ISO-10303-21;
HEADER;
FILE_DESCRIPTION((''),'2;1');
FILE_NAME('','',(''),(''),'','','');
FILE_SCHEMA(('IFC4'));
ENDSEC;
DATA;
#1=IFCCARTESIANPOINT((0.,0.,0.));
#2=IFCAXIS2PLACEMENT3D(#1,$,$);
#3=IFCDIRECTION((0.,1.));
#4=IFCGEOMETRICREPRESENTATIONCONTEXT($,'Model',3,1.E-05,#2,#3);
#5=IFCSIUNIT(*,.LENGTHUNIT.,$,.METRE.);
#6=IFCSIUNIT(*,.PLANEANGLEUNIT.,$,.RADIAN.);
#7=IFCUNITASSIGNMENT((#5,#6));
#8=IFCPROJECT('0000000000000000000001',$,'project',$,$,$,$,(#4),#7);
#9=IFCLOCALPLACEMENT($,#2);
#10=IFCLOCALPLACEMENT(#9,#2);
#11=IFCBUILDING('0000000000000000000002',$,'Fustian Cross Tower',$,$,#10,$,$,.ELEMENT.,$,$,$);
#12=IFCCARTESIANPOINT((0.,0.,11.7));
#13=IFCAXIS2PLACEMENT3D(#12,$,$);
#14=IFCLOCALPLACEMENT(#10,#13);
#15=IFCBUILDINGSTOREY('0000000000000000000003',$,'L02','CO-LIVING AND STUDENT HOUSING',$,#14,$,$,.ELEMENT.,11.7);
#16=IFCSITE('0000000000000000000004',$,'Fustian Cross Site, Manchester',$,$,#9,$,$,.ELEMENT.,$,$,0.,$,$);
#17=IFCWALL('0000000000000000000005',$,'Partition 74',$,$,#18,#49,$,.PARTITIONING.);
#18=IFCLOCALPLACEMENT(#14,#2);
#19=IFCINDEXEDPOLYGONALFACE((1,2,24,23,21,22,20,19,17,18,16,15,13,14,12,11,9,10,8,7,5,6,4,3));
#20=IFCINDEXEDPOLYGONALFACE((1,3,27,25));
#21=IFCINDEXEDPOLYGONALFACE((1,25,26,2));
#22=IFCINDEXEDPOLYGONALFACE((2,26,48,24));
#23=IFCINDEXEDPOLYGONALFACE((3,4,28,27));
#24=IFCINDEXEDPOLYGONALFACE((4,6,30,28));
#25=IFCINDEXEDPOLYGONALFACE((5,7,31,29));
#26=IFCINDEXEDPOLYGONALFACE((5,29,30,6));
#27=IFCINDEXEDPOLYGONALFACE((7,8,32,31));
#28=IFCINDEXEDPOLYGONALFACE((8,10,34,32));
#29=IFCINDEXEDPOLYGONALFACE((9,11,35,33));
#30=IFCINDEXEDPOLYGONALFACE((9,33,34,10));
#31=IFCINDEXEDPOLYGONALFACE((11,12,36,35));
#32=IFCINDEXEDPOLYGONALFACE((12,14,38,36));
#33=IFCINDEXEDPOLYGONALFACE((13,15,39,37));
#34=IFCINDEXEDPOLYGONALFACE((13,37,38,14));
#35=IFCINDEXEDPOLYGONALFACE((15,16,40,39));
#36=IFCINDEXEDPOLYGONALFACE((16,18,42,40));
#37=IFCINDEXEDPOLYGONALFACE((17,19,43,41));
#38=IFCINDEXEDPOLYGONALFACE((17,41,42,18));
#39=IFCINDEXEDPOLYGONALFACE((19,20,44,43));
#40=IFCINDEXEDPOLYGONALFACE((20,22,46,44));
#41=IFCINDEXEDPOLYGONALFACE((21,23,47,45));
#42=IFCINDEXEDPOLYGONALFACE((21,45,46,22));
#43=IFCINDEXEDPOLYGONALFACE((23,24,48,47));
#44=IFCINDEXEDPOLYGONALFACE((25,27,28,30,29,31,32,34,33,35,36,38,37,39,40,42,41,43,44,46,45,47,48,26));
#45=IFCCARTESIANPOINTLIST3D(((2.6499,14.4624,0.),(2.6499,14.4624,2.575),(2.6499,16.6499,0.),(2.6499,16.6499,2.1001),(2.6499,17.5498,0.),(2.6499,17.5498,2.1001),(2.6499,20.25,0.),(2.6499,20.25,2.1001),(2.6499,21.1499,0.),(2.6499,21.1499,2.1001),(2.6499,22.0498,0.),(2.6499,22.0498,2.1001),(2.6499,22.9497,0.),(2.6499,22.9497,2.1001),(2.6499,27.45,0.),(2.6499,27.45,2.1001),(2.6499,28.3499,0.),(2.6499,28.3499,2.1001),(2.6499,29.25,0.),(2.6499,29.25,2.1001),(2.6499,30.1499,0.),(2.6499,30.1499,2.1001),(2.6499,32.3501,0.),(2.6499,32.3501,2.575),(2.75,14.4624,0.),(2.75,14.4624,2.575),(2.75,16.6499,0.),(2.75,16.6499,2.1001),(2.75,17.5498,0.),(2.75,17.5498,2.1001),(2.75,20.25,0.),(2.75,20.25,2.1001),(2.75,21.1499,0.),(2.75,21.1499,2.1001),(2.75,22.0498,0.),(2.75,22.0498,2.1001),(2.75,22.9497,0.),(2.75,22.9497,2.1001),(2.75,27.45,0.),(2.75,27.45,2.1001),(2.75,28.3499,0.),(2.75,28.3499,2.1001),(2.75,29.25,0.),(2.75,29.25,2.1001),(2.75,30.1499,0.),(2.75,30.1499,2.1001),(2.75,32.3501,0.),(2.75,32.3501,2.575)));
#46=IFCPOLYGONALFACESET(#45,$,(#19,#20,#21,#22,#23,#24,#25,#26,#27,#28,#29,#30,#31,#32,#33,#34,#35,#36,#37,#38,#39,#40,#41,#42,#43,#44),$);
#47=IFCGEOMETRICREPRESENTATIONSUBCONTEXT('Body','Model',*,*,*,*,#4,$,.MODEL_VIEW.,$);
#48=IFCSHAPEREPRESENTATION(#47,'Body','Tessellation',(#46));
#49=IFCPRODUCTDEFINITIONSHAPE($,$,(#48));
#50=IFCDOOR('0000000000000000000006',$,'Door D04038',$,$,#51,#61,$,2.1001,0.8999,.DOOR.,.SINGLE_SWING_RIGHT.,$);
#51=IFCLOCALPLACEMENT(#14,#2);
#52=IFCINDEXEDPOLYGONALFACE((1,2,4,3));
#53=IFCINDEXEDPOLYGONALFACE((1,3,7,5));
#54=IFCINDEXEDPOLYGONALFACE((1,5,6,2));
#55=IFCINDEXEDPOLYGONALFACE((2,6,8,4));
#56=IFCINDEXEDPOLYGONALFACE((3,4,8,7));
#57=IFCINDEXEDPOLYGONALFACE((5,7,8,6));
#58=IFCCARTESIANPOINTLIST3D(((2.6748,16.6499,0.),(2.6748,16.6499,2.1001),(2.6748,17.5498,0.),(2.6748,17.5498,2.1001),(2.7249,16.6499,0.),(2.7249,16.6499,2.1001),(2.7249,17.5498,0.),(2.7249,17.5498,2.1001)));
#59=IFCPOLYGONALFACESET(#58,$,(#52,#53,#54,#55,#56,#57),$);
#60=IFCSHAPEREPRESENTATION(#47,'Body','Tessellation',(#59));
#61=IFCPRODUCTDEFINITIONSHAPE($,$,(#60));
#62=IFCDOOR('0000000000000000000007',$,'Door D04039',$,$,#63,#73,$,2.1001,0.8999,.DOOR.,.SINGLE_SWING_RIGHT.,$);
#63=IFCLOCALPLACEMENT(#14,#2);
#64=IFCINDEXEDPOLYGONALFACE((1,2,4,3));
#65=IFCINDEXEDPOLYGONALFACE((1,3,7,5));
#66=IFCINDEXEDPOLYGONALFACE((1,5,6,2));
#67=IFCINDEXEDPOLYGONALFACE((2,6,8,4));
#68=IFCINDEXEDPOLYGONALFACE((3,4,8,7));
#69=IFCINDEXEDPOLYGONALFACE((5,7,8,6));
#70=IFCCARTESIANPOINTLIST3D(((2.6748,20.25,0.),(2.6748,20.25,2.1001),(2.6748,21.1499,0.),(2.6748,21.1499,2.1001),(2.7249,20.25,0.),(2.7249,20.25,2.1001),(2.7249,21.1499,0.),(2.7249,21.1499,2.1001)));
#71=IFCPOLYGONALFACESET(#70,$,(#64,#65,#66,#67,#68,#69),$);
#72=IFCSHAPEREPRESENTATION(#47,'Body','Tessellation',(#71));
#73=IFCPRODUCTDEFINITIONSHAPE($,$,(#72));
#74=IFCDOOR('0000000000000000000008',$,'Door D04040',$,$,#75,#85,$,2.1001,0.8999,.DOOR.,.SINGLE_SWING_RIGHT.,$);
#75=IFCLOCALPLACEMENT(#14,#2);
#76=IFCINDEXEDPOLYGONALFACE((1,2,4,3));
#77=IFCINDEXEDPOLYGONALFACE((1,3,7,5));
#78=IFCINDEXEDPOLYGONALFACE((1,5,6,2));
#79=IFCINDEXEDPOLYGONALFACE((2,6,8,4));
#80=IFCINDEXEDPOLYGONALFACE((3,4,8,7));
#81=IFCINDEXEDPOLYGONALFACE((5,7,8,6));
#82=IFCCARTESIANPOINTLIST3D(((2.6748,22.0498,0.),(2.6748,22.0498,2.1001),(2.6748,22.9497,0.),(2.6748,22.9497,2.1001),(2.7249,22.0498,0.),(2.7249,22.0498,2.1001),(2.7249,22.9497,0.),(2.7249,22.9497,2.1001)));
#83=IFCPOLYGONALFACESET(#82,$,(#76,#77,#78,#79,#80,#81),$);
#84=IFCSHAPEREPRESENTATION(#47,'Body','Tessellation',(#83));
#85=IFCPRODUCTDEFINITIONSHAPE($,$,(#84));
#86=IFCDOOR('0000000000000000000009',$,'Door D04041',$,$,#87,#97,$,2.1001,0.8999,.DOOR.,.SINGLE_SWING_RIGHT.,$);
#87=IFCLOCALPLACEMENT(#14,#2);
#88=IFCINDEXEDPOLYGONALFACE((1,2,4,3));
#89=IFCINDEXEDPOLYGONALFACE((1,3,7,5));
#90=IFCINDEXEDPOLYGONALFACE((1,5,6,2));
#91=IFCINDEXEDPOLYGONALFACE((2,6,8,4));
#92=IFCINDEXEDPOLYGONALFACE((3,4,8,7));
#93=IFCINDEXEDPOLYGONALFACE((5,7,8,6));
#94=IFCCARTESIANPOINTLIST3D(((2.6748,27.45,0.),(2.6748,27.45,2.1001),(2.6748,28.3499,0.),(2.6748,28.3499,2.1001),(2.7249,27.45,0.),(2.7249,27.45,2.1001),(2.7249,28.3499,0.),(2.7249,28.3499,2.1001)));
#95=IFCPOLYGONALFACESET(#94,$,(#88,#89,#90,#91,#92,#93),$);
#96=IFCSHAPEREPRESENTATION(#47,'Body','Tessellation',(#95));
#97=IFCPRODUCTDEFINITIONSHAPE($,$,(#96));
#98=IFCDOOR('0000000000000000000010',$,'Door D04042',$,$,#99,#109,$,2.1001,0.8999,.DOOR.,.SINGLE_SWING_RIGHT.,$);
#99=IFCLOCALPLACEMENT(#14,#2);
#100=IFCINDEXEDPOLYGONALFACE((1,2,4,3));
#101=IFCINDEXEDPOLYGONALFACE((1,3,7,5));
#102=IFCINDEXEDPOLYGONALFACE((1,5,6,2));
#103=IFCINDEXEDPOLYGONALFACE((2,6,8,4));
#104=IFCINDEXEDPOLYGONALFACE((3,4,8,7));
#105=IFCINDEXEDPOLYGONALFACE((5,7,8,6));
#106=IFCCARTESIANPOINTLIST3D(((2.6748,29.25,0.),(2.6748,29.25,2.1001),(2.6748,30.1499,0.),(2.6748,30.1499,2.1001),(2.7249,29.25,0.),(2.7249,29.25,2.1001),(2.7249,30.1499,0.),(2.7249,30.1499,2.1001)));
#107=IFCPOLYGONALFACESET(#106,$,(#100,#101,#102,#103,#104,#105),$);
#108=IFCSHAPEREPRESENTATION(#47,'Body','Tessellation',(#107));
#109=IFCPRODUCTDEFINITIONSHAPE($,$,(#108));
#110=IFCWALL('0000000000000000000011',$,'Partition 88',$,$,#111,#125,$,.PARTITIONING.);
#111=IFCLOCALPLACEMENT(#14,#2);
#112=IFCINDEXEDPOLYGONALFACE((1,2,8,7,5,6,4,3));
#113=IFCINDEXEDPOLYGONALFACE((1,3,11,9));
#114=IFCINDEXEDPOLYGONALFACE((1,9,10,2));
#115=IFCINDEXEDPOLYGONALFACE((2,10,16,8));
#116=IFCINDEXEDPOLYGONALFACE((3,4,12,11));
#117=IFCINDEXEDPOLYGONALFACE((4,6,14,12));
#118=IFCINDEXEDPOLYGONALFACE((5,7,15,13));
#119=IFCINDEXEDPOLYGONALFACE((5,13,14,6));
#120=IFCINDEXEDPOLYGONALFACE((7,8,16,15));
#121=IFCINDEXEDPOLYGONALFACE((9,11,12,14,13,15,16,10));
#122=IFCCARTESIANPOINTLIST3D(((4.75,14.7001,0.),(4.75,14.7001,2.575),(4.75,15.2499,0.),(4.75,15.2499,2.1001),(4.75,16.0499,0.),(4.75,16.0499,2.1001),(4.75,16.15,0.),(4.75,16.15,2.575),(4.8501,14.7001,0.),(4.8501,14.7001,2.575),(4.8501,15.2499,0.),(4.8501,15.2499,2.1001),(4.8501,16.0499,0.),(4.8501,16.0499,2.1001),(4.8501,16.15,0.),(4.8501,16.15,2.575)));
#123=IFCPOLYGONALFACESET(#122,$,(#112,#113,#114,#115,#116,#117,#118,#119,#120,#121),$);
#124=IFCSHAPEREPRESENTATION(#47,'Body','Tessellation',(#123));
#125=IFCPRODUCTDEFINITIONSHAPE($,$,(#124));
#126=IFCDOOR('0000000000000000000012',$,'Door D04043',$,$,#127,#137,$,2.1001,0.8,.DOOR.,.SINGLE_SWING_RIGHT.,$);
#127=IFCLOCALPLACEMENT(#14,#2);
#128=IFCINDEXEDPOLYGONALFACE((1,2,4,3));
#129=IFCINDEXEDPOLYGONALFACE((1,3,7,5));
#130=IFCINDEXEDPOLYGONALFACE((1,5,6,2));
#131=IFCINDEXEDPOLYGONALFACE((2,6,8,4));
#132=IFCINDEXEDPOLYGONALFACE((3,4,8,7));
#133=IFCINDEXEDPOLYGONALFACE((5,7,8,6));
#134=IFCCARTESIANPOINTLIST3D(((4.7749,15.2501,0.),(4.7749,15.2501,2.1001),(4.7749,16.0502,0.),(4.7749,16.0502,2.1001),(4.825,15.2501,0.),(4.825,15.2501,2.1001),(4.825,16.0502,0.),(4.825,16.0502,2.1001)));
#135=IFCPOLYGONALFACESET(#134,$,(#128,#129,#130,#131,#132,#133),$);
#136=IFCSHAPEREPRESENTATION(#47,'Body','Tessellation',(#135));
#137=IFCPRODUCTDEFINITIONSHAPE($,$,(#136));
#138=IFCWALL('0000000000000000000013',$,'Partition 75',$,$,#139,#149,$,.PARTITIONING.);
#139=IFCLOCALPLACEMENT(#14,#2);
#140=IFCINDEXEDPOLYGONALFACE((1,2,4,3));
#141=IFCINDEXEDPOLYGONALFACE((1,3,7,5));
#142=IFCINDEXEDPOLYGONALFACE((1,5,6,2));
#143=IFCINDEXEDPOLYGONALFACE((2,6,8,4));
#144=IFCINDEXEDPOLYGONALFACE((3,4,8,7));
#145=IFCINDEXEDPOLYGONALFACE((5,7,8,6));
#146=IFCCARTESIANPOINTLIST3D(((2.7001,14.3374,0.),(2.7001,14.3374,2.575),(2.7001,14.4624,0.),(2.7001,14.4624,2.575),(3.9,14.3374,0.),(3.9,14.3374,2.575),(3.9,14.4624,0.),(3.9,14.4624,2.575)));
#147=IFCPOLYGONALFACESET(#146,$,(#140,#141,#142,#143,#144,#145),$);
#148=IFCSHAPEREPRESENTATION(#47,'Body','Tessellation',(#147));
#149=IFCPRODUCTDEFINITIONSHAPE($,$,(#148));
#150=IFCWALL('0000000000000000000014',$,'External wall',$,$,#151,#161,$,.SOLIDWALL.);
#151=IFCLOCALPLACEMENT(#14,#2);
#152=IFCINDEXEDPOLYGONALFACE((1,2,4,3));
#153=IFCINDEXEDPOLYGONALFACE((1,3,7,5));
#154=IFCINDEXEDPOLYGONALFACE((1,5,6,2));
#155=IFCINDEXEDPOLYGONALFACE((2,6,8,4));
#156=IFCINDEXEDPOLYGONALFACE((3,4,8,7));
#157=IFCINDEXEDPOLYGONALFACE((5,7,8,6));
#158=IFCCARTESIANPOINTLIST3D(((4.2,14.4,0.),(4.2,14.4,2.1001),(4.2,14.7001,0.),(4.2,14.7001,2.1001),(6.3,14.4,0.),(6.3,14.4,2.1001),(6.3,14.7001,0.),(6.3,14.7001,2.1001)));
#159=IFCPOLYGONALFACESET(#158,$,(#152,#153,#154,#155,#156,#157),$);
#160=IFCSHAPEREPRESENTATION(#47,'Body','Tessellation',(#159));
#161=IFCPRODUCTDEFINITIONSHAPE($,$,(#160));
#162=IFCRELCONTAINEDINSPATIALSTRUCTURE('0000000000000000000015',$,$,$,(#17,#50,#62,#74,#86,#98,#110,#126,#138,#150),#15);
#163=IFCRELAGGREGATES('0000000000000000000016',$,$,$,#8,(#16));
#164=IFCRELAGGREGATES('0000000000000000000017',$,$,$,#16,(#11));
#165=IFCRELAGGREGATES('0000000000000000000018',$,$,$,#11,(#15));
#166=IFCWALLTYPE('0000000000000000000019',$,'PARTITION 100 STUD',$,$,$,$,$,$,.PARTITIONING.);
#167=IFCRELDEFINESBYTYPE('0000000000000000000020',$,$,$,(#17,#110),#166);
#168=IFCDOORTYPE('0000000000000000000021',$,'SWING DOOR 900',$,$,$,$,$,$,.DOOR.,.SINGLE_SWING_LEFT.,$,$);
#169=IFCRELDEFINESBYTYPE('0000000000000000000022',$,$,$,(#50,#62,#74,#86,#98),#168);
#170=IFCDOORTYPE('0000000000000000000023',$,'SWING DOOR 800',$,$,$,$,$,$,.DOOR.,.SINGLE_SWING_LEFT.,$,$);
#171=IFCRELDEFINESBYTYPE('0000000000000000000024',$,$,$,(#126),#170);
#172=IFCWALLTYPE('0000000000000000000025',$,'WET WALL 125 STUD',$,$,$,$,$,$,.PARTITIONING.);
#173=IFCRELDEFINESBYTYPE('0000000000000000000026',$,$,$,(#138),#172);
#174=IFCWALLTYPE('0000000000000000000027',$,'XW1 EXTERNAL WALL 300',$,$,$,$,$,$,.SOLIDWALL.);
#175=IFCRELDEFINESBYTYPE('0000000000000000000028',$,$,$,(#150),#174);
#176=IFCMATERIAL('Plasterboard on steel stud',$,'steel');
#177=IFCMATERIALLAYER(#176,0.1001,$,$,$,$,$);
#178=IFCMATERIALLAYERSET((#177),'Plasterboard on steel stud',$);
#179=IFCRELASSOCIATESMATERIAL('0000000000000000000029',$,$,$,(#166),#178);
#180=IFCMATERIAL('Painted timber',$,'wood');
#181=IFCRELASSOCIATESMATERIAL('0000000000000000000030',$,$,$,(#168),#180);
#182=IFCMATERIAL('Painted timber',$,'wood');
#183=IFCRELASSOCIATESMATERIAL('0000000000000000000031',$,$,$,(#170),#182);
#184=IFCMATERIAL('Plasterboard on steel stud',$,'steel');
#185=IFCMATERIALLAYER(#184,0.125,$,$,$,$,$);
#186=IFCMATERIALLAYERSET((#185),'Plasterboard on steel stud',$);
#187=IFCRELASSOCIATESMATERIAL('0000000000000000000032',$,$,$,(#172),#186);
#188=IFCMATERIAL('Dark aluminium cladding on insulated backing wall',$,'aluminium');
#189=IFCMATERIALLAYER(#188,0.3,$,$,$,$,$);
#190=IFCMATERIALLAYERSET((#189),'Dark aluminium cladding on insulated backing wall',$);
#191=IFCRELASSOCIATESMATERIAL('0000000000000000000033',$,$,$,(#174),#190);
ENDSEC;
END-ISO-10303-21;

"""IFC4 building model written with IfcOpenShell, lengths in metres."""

from ifc_helpers import new_model, si_unit, direction, frame, frame_2d, origin, place, context, subcontext, project, spatial, rectangle, extrude, material, layer, layer_set, type_object, element, fill, save


model = new_model("IFC4")

# Units and contexts
model_context = context("Model", 3, precision=1e-05, world=origin(), true_north=direction((0.0, 1.0)))
body_context = subcontext(model_context, "Body", "Model", "MODEL_VIEW")
ifc_project = project(units=[si_unit("LENGTHUNIT", "METRE"), si_unit("PLANEANGLEUNIT", "RADIAN")], contexts=[model_context])

# Site, building, storey
site_placement = place(None, origin())
site = spatial("IfcSite", under=ifc_project, at=site_placement, Name="Fustian Cross Site, Manchester", CompositionType="ELEMENT", RefElevation=0.0)
building_placement = place(site_placement, origin())
building = spatial("IfcBuilding", under=site, at=building_placement, Name="Fustian Cross Tower", CompositionType="ELEMENT")
storey_placement = place(building_placement, frame((0.0, 0.0, 11.7)))
storey = spatial("IfcBuildingStorey", under=building, at=storey_placement, Name="L02", Description="CO-LIVING AND STUDENT HOUSING", CompositionType="ELEMENT", Elevation=11.7)

# Shared definitions
ifc_material_1 = material(Name="Plasterboard on steel stud", Category="steel")
ifc_layer_1 = layer(ifc_material_1, 0.1001)
ifc_layer_set_1 = layer_set([ifc_layer_1], Name="Plasterboard on steel stud")
wall_type_1 = type_object("IfcWallType", Name="PARTITION 100 STUD", PredefinedType="PARTITIONING", material=ifc_layer_set_1)

# Wall, openings, doors
wall_1_placement = place(storey_placement, frame((2.7, 14.4624, 0.0), z_axis=(0.0, 0.0, 1.0), x_axis=(0.0, 1.0, 0.0)))
wall_1 = element("IfcWall", 1, at=wall_1_placement, inside=storey, type_object=wall_type_1, Name="Partition 74", PredefinedType="PARTITIONING", context=body_context, shape_type="SweptSolid", body=[
    extrude(rectangle(XDim=17.8877, YDim=0.1001, at=frame_2d((8.9438, 0.0))), origin(), (0.0, 0.0, 1.0), 2.575),
])
opening_1_placement = place(wall_1_placement, frame((2.1875, 0.0, 0.0)))
opening_1 = element("IfcOpeningElement", 2, at=opening_1_placement, cuts=wall_1, PredefinedType="OPENING", context=body_context, shape_type="SweptSolid", body=[
    extrude(rectangle(XDim=0.8999, YDim=2.1001, at=frame_2d((0.45, 1.05))), frame((0.0, 0.0601, 0.0), z_axis=(0.0, -1.0, 0.0), x_axis=(1.0, 0.0, 0.0)), (0.0, 0.0, 1.0), 0.1201),
])
opening_2_placement = place(wall_1_placement, frame((5.7876, 0.0, 0.0)))
opening_2 = element("IfcOpeningElement", 3, at=opening_2_placement, cuts=wall_1, PredefinedType="OPENING", context=body_context, shape_type="SweptSolid", body=[
    extrude(rectangle(XDim=0.8999, YDim=2.1001, at=frame_2d((0.45, 1.05))), frame((0.0, 0.0601, 0.0), z_axis=(0.0, -1.0, 0.0), x_axis=(1.0, 0.0, 0.0)), (0.0, 0.0, 1.0), 0.1201),
])
opening_3_placement = place(wall_1_placement, frame((7.5874, 0.0, 0.0)))
opening_3 = element("IfcOpeningElement", 4, at=opening_3_placement, cuts=wall_1, PredefinedType="OPENING", context=body_context, shape_type="SweptSolid", body=[
    extrude(rectangle(XDim=0.8999, YDim=2.1001, at=frame_2d((0.45, 1.05))), frame((0.0, 0.0601, 0.0), z_axis=(0.0, -1.0, 0.0), x_axis=(1.0, 0.0, 0.0)), (0.0, 0.0, 1.0), 0.1201),
])
opening_4_placement = place(wall_1_placement, frame((12.9875, 0.0, 0.0)))
opening_4 = element("IfcOpeningElement", 5, at=opening_4_placement, cuts=wall_1, PredefinedType="OPENING", context=body_context, shape_type="SweptSolid", body=[
    extrude(rectangle(XDim=0.8999, YDim=2.1001, at=frame_2d((0.45, 1.05))), frame((0.0, 0.0601, 0.0), z_axis=(0.0, -1.0, 0.0), x_axis=(1.0, 0.0, 0.0)), (0.0, 0.0, 1.0), 0.1201),
])
opening_5_placement = place(wall_1_placement, frame((14.7876, 0.0, 0.0)))
opening_5 = element("IfcOpeningElement", 6, at=opening_5_placement, cuts=wall_1, PredefinedType="OPENING", context=body_context, shape_type="SweptSolid", body=[
    extrude(rectangle(XDim=0.8999, YDim=2.1001, at=frame_2d((0.45, 1.05))), frame((0.0, 0.0601, 0.0), z_axis=(0.0, -1.0, 0.0), x_axis=(1.0, 0.0, 0.0)), (0.0, 0.0, 1.0), 0.1201),
])
ifc_material_2 = material(Name="Painted timber", Category="wood")
door_type_1 = type_object("IfcDoorType", Name="SWING DOOR 900", OperationType="SINGLE_SWING_LEFT", PredefinedType="DOOR", material=ifc_material_2)
door_1_placement = place(opening_1_placement, frame((0.8999, 0.0, 0.0), z_axis=(0.0, 0.0, 1.0), x_axis=(-1.0, 0.0, 0.0)))
door_1 = element("IfcDoor", 7, at=door_1_placement, inside=storey, type_object=door_type_1, Name="Door D04038", OperationType="SINGLE_SWING_RIGHT", OverallHeight=2.1001, OverallWidth=0.8999, PredefinedType="DOOR", context=body_context, shape_type="SweptSolid", body=[
    extrude(rectangle(XDim=0.8999, YDim=2.1001, at=frame_2d((0.45, 1.05))), frame((0.0, 0.0249, 0.0), z_axis=(0.0, -1.0, 0.0), x_axis=(1.0, 0.0, 0.0)), (0.0, 0.0, 1.0), 0.05),
])
fill(opening_1, door_1)
door_2_placement = place(opening_2_placement, frame((0.8999, 0.0, 0.0), z_axis=(0.0, 0.0, 1.0), x_axis=(-1.0, 0.0, 0.0)))
door_2 = element("IfcDoor", 8, at=door_2_placement, inside=storey, type_object=door_type_1, Name="Door D04039", OperationType="SINGLE_SWING_RIGHT", OverallHeight=2.1001, OverallWidth=0.8999, PredefinedType="DOOR", context=body_context, shape_type="SweptSolid", body=[
    extrude(rectangle(XDim=0.8999, YDim=2.1001, at=frame_2d((0.45, 1.05))), frame((0.0, 0.0249, 0.0), z_axis=(0.0, -1.0, 0.0), x_axis=(1.0, 0.0, 0.0)), (0.0, 0.0, 1.0), 0.05),
])
fill(opening_2, door_2)
door_3_placement = place(opening_3_placement, frame((0.8999, 0.0, 0.0), z_axis=(0.0, 0.0, 1.0), x_axis=(-1.0, 0.0, 0.0)))
door_3 = element("IfcDoor", 9, at=door_3_placement, inside=storey, type_object=door_type_1, Name="Door D04040", OperationType="SINGLE_SWING_RIGHT", OverallHeight=2.1001, OverallWidth=0.8999, PredefinedType="DOOR", context=body_context, shape_type="SweptSolid", body=[
    extrude(rectangle(XDim=0.8999, YDim=2.1001, at=frame_2d((0.45, 1.05))), frame((0.0, 0.0249, 0.0), z_axis=(0.0, -1.0, 0.0), x_axis=(1.0, 0.0, 0.0)), (0.0, 0.0, 1.0), 0.05),
])
fill(opening_3, door_3)
door_4_placement = place(opening_4_placement, frame((0.8999, 0.0, 0.0), z_axis=(0.0, 0.0, 1.0), x_axis=(-1.0, 0.0, 0.0)))
door_4 = element("IfcDoor", 10, at=door_4_placement, inside=storey, type_object=door_type_1, Name="Door D04041", OperationType="SINGLE_SWING_RIGHT", OverallHeight=2.1001, OverallWidth=0.8999, PredefinedType="DOOR", context=body_context, shape_type="SweptSolid", body=[
    extrude(rectangle(XDim=0.8999, YDim=2.1001, at=frame_2d((0.45, 1.05))), frame((0.0, 0.0249, 0.0), z_axis=(0.0, -1.0, 0.0), x_axis=(1.0, 0.0, 0.0)), (0.0, 0.0, 1.0), 0.05),
])
fill(opening_4, door_4)
door_5_placement = place(opening_5_placement, frame((0.8999, 0.0, 0.0), z_axis=(0.0, 0.0, 1.0), x_axis=(-1.0, 0.0, 0.0)))
door_5 = element("IfcDoor", 11, at=door_5_placement, inside=storey, type_object=door_type_1, Name="Door D04042", OperationType="SINGLE_SWING_RIGHT", OverallHeight=2.1001, OverallWidth=0.8999, PredefinedType="DOOR", context=body_context, shape_type="SweptSolid", body=[
    extrude(rectangle(XDim=0.8999, YDim=2.1001, at=frame_2d((0.45, 1.05))), frame((0.0, 0.0249, 0.0), z_axis=(0.0, -1.0, 0.0), x_axis=(1.0, 0.0, 0.0)), (0.0, 0.0, 1.0), 0.05),
])
fill(opening_5, door_5)

# Wall, opening, door
wall_2_placement = place(storey_placement, frame((4.8, 14.7, 0.0), z_axis=(0.0, 0.0, 1.0), x_axis=(0.0, 1.0, 0.0)))
wall_2 = element("IfcWall", 12, at=wall_2_placement, inside=storey, type_object=wall_type_1, Name="Partition 88", PredefinedType="PARTITIONING", context=body_context, shape_type="SweptSolid", body=[
    extrude(rectangle(XDim=1.45, YDim=0.1001, at=frame_2d((0.7251, 0.0))), origin(), (0.0, 0.0, 1.0), 2.575),
])
opening_6_placement = place(wall_2_placement, frame((0.55, 0.0, 0.0)))
opening_6 = element("IfcOpeningElement", 13, at=opening_6_placement, cuts=wall_2, PredefinedType="OPENING", context=body_context, shape_type="SweptSolid", body=[
    extrude(rectangle(XDim=0.8, YDim=2.1001, at=frame_2d((0.3999, 1.05))), frame((0.0, 0.0601, 0.0), z_axis=(0.0, -1.0, 0.0), x_axis=(1.0, 0.0, 0.0)), (0.0, 0.0, 1.0), 0.1201),
])
ifc_material_3 = material(Name="Painted timber", Category="wood")
door_type_2 = type_object("IfcDoorType", Name="SWING DOOR 800", OperationType="SINGLE_SWING_LEFT", PredefinedType="DOOR", material=ifc_material_3)
door_6_placement = place(opening_6_placement, frame((0.8, 0.0, 0.0), z_axis=(0.0, 0.0, 1.0), x_axis=(-1.0, 0.0, 0.0)))
door_6 = element("IfcDoor", 14, at=door_6_placement, inside=storey, type_object=door_type_2, Name="Door D04043", OperationType="SINGLE_SWING_RIGHT", OverallHeight=2.1001, OverallWidth=0.8, PredefinedType="DOOR", context=body_context, shape_type="SweptSolid", body=[
    extrude(rectangle(XDim=0.8, YDim=2.1001, at=frame_2d((0.3999, 1.05))), frame((0.0, 0.0249, 0.0), z_axis=(0.0, -1.0, 0.0), x_axis=(1.0, 0.0, 0.0)), (0.0, 0.0, 1.0), 0.05),
])
fill(opening_6, door_6)

# Walls
ifc_material_4 = material(Name="Plasterboard on steel stud", Category="steel")
ifc_layer_2 = layer(ifc_material_4, 0.125)
ifc_layer_set_2 = layer_set([ifc_layer_2], Name="Plasterboard on steel stud")
wall_type_2 = type_object("IfcWallType", Name="WET WALL 125 STUD", PredefinedType="PARTITIONING", material=ifc_layer_set_2)
wall_3_placement = place(storey_placement, frame((2.7, 14.3999, 0.0), z_axis=(0.0, 0.0, 1.0), x_axis=(1.0, 0.0, 0.0)))
element("IfcWall", 15, at=wall_3_placement, inside=storey, type_object=wall_type_2, Name="Partition 75", PredefinedType="PARTITIONING", context=body_context, shape_type="SweptSolid", body=[
    extrude(rectangle(XDim=1.2, YDim=0.125, at=frame_2d((0.6001, 0.0))), origin(), (0.0, 0.0, 1.0), 2.575),
])
ifc_material_5 = material(Name="Dark aluminium cladding on insulated backing wall", Category="aluminium")
ifc_layer_3 = layer(ifc_material_5, 0.3)
ifc_layer_set_3 = layer_set([ifc_layer_3], Name="Dark aluminium cladding on insulated backing wall")
wall_type_3 = type_object("IfcWallType", Name="XW1 EXTERNAL WALL 300", PredefinedType="SOLIDWALL", material=ifc_layer_set_3)
wall_4_placement = place(storey_placement, frame((4.2, 14.55, 0.0), z_axis=(0.0, 0.0, 1.0), x_axis=(1.0, 0.0, 0.0)))
element("IfcWall", 16, at=wall_4_placement, inside=storey, type_object=wall_type_3, Name="External wall", PredefinedType="SOLIDWALL", context=body_context, shape_type="SweptSolid", body=[
    extrude(rectangle(XDim=2.1001, YDim=0.3, at=frame_2d((1.05, 0.0))), origin(), (0.0, 0.0, 1.0), 2.1001),
])

save(model, "model.ifc")
